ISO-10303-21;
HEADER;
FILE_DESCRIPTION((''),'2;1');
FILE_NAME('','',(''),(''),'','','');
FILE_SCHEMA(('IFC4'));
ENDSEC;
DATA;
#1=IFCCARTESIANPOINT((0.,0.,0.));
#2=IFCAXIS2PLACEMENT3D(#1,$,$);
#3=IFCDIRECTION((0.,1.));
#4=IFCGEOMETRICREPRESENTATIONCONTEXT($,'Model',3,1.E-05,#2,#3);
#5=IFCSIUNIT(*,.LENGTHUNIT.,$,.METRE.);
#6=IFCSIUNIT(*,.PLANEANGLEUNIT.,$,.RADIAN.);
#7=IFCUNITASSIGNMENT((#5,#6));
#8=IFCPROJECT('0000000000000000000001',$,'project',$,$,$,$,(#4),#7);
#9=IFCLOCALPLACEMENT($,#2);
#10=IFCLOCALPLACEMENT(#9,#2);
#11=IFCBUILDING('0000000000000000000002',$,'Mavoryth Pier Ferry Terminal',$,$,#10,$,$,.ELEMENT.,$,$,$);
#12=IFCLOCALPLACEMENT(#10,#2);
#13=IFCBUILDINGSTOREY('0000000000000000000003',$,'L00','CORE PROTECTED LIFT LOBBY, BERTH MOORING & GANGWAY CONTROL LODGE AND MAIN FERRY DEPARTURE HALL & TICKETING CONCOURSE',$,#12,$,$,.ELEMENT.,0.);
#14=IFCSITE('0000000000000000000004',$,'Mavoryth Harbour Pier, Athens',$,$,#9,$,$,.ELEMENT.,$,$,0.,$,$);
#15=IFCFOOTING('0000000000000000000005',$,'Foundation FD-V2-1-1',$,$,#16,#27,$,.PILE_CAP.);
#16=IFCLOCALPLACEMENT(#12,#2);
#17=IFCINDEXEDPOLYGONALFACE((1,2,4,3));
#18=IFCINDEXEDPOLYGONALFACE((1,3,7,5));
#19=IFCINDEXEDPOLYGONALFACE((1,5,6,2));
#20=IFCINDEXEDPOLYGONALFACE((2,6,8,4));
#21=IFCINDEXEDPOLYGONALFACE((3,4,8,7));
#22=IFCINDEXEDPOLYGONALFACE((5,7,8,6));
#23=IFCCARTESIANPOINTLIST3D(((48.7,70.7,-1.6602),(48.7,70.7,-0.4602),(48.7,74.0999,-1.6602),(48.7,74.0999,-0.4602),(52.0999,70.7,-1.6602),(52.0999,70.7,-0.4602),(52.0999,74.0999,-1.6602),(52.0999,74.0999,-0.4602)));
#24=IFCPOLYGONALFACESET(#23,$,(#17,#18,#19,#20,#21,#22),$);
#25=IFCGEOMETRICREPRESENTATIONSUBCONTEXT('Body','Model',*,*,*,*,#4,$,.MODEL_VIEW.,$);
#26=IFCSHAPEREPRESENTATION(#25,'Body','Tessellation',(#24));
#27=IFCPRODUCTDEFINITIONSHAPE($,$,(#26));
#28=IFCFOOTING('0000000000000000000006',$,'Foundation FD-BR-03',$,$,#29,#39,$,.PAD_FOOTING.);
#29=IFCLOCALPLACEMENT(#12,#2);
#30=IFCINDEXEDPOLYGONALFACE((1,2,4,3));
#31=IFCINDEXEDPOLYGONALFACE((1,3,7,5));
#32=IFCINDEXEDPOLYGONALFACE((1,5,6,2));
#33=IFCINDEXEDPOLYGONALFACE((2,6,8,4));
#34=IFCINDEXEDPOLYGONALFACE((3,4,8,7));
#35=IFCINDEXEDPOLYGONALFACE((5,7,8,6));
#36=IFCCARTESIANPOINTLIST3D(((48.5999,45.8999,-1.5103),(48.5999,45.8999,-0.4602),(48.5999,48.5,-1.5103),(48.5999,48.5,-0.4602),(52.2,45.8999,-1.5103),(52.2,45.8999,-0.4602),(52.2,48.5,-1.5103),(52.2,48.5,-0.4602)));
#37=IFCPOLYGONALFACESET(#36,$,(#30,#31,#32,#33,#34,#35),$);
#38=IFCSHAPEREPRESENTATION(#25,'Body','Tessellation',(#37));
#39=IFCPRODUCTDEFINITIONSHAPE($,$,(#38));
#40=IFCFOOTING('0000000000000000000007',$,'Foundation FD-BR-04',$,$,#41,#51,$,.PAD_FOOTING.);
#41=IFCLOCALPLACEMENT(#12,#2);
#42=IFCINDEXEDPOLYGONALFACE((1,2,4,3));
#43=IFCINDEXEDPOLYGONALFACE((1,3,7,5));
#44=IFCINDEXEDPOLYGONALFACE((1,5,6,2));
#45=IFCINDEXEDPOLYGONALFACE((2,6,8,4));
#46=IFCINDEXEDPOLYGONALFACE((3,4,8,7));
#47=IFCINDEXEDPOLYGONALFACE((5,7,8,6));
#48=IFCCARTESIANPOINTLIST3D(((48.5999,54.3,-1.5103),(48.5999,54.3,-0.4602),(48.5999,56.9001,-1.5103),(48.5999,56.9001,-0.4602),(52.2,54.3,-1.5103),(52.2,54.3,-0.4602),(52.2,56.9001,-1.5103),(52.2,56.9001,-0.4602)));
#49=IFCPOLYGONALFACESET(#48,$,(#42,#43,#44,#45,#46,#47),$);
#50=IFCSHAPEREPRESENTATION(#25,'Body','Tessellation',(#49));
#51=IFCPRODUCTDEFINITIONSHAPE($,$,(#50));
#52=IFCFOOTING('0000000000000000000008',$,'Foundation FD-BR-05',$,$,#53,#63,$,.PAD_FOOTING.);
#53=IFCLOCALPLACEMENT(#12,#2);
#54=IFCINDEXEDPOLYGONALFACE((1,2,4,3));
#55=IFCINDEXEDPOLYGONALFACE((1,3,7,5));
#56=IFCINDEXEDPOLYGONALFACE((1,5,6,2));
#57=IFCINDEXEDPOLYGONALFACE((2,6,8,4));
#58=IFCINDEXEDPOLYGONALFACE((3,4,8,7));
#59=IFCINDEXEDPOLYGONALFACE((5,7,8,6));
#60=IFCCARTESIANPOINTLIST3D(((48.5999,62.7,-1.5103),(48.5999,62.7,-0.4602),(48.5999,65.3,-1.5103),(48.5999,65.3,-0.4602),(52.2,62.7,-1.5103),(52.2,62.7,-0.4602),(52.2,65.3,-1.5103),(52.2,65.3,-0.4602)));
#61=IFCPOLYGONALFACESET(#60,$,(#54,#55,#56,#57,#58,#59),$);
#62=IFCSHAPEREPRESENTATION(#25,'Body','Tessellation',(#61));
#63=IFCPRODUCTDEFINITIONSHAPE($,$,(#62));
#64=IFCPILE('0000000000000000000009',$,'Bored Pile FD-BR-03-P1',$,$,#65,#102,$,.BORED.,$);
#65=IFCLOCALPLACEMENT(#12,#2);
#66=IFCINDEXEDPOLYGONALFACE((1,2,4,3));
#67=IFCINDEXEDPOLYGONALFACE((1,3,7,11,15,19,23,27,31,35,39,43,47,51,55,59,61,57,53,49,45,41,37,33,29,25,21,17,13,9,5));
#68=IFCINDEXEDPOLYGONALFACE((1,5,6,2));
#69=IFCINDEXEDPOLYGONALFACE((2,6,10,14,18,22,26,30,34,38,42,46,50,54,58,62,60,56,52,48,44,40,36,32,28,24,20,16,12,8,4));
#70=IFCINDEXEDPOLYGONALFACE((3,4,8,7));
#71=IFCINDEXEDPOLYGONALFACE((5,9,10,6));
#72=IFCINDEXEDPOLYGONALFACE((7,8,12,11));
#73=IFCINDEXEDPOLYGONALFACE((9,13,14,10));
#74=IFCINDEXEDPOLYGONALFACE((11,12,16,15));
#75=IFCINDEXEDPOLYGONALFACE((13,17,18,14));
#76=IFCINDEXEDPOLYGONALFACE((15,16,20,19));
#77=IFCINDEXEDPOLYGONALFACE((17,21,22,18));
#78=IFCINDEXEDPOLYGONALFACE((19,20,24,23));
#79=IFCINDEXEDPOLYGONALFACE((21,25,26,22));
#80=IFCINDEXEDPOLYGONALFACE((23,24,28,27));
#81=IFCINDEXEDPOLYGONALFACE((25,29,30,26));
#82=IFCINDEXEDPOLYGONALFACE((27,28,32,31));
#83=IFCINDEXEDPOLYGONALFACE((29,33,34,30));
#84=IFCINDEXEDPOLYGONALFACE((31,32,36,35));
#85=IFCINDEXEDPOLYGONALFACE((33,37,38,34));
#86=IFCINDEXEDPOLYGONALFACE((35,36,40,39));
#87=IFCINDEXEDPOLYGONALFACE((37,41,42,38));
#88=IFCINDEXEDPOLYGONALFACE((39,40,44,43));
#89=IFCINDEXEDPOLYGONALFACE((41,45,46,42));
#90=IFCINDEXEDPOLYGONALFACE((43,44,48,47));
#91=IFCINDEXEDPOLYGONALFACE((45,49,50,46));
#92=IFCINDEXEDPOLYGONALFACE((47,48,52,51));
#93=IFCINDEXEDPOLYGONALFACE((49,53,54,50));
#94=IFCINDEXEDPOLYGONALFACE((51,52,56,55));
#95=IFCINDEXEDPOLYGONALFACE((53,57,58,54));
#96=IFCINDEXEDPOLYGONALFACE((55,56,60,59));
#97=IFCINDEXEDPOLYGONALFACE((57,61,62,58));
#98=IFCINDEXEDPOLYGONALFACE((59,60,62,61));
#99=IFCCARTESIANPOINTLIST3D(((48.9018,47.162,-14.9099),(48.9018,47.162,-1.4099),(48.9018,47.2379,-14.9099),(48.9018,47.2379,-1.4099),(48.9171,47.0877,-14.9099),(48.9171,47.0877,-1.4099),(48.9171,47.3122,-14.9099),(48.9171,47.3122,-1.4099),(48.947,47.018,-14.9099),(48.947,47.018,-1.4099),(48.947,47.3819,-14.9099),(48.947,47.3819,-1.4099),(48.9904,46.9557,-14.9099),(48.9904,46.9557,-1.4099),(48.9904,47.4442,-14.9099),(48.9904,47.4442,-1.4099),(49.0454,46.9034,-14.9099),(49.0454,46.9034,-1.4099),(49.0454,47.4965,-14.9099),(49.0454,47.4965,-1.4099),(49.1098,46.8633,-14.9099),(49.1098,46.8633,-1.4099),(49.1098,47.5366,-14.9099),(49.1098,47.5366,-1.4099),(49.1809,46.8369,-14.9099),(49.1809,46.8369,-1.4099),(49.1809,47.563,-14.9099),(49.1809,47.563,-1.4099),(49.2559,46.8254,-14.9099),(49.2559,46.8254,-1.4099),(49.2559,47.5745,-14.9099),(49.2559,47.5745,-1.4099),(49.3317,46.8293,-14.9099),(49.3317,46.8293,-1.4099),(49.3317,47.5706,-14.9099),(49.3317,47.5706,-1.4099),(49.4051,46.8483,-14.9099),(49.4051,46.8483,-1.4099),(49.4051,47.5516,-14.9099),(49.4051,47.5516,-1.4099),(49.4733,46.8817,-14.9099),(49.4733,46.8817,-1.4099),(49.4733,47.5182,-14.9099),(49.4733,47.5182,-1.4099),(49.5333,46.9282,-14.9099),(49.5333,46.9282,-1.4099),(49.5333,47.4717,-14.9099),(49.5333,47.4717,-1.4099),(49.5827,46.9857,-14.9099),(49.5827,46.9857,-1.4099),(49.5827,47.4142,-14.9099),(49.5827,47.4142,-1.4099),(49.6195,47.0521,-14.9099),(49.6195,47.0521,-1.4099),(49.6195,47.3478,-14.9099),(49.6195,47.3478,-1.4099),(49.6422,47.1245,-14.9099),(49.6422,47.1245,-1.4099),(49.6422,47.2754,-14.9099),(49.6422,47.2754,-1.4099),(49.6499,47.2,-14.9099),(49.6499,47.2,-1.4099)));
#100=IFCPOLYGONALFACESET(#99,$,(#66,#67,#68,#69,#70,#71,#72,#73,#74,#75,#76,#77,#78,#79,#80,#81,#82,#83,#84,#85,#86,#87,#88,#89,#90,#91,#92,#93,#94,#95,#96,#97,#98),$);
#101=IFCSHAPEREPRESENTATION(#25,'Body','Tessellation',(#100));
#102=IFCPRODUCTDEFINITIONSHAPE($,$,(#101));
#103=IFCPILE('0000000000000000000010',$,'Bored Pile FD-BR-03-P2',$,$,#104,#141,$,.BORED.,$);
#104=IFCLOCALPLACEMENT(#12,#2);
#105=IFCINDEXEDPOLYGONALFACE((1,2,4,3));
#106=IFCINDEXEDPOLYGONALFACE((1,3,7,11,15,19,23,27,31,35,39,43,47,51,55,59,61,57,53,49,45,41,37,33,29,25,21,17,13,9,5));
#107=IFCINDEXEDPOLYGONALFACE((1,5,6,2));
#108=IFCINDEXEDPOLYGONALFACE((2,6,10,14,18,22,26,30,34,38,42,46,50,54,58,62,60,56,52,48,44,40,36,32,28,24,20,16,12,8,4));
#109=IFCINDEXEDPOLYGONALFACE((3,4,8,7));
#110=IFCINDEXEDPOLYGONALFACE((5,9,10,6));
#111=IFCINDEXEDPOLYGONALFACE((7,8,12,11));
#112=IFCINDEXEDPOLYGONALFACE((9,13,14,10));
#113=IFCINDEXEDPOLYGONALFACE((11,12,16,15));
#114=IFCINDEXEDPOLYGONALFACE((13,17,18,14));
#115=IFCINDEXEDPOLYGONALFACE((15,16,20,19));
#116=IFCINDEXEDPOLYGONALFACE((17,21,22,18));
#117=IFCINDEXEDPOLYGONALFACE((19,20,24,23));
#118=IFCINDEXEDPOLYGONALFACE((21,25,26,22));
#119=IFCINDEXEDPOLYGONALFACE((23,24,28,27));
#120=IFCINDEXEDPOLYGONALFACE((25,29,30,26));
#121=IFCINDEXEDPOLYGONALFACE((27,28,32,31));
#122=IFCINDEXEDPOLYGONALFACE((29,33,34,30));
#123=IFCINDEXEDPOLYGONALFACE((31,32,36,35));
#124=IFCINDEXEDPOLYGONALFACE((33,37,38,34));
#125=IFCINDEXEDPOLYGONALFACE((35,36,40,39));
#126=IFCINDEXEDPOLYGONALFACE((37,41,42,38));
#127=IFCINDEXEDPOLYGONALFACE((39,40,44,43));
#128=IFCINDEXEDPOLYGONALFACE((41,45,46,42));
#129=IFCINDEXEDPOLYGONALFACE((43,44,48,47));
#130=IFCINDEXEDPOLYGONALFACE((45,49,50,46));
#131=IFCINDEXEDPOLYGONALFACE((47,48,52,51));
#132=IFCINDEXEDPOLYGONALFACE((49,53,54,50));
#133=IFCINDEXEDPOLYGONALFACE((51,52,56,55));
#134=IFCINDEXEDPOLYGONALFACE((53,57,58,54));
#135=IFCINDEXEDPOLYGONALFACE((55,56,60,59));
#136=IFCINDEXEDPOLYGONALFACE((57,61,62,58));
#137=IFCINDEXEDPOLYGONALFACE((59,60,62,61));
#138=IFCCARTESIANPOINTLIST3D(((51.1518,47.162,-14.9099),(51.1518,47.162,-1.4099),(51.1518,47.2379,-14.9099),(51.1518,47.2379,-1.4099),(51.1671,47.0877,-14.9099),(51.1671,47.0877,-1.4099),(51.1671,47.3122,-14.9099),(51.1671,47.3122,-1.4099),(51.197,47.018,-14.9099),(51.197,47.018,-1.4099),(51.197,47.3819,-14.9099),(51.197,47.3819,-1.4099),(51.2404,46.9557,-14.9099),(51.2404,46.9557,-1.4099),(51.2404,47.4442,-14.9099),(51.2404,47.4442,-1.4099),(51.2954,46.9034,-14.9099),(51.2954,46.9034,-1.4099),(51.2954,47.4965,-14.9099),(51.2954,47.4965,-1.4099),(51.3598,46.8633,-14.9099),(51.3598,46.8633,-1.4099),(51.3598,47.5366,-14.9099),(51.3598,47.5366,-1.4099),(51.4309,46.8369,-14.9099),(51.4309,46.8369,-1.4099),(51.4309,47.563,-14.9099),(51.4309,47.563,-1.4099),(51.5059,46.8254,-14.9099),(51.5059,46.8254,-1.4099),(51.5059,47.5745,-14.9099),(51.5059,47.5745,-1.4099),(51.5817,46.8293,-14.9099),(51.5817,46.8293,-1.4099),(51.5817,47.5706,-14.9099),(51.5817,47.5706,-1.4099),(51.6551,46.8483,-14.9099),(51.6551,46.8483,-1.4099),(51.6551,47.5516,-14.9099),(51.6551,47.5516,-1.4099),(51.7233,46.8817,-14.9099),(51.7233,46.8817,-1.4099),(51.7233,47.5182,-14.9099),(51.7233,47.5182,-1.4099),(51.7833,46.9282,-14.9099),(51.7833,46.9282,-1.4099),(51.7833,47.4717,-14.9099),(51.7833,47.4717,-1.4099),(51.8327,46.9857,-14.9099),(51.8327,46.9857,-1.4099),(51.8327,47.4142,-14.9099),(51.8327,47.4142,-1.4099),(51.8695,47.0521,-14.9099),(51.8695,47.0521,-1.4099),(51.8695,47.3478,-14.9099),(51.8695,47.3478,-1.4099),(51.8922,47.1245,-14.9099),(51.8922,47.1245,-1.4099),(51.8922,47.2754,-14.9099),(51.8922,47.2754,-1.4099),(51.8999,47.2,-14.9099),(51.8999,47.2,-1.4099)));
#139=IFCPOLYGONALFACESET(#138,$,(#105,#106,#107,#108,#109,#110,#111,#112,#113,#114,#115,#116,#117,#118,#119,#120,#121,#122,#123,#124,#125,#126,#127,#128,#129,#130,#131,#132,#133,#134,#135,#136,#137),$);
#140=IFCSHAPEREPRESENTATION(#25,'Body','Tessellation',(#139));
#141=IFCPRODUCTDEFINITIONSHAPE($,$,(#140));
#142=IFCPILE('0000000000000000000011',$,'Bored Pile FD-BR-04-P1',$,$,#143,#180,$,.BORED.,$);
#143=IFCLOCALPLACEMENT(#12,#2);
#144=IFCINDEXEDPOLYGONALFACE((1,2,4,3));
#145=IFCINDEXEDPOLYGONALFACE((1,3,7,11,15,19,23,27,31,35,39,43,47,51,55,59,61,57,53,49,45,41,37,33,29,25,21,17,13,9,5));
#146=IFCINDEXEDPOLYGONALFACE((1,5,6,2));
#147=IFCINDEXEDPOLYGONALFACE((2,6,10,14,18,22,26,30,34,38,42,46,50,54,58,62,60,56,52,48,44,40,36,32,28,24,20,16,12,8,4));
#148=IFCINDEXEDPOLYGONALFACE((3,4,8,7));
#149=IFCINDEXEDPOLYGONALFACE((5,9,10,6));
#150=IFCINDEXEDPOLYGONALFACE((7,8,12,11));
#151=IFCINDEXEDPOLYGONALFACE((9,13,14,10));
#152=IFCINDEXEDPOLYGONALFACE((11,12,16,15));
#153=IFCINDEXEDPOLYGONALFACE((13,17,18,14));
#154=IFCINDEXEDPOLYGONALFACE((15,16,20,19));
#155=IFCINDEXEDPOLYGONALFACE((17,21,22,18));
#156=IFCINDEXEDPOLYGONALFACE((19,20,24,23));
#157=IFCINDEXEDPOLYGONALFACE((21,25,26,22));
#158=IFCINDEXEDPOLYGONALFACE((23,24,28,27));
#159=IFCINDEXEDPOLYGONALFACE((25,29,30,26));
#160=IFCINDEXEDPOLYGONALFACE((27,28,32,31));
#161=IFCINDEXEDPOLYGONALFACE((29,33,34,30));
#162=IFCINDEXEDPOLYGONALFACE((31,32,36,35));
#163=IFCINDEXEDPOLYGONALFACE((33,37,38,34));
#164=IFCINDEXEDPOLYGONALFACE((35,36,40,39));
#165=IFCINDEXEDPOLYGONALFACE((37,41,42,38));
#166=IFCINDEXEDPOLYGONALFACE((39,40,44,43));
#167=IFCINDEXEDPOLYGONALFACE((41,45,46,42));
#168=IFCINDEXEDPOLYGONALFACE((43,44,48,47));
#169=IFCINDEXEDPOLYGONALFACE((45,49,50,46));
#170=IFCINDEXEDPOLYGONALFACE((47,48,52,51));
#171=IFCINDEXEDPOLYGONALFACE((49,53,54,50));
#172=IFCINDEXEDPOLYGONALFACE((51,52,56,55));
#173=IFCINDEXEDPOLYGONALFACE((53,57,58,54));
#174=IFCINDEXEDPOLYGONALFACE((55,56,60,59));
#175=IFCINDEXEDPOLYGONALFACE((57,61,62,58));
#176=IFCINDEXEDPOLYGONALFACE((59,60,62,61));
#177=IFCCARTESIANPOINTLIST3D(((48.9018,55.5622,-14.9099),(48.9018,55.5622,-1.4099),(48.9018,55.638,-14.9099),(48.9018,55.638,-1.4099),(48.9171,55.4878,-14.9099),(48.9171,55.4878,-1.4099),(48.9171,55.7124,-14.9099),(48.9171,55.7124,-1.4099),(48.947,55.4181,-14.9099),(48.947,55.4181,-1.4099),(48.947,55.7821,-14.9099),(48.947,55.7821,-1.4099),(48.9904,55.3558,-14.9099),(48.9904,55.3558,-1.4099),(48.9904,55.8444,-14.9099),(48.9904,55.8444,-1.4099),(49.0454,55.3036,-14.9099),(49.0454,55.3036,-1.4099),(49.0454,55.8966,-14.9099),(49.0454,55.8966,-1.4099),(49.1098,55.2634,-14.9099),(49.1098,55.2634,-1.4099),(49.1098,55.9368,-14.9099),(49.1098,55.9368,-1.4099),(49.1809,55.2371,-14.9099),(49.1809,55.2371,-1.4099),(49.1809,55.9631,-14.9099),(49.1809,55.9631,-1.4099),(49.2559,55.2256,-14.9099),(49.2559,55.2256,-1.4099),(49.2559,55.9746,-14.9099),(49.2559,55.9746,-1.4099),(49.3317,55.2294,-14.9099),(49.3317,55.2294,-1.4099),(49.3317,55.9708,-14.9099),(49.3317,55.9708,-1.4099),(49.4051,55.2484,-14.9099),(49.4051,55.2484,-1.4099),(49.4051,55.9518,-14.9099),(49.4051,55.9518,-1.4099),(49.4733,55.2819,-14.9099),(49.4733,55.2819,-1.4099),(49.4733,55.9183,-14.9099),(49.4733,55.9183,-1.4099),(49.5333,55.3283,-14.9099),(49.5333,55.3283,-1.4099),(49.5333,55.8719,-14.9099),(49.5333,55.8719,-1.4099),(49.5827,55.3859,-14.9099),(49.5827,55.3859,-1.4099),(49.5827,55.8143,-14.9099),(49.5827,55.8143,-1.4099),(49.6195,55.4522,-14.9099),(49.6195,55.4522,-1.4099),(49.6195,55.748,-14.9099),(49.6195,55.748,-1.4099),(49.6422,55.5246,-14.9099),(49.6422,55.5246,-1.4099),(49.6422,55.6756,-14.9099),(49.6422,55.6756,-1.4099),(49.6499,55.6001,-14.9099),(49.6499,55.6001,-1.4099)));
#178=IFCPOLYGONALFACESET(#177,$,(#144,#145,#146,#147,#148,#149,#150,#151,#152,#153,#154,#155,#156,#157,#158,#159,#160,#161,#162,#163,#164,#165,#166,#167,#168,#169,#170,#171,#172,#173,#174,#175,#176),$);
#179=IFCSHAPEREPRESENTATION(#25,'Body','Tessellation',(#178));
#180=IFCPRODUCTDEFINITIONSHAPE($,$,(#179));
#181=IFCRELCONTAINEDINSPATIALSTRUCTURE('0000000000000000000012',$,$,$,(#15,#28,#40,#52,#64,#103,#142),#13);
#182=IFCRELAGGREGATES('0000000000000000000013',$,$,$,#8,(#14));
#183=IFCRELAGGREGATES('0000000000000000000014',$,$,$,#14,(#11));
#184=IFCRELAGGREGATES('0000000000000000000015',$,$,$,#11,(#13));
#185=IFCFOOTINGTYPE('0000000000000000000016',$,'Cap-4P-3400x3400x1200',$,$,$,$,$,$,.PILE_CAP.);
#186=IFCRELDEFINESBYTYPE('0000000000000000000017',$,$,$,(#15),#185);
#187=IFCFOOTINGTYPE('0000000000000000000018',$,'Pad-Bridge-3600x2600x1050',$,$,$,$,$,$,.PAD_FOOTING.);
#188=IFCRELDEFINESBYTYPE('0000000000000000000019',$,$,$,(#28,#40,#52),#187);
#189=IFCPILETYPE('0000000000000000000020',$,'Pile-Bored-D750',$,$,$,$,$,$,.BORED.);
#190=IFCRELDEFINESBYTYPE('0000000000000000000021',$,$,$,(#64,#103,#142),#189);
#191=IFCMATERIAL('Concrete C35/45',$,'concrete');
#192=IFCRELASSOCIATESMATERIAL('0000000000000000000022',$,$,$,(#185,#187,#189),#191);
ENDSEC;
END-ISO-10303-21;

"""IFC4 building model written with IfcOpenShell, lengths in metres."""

from ifc_helpers import new_model, si_unit, direction, frame, origin, origin_2d, place, context, subcontext, project, spatial, rectangle, circle, extrude, material, material_profile, profile_set, type_object, element, save


model = new_model("IFC4")

# Units and contexts
model_context = context("Model", 3, precision=1e-05, world=origin(), true_north=direction((0.0, 1.0)))
body_context = subcontext(model_context, "Body", "Model", "MODEL_VIEW")
ifc_project = project(units=[si_unit("LENGTHUNIT", "METRE"), si_unit("PLANEANGLEUNIT", "RADIAN")], contexts=[model_context])

# Site, building, storey
site_placement = place(None, origin())
site = spatial("IfcSite", under=ifc_project, at=site_placement, Name="Mavoryth Harbour Pier, Athens", CompositionType="ELEMENT", RefElevation=0.0)
building_placement = place(site_placement, origin())
building = spatial("IfcBuilding", under=site, at=building_placement, Name="Mavoryth Pier Ferry Terminal", CompositionType="ELEMENT")
storey_placement = place(building_placement, origin())
storey = spatial("IfcBuildingStorey", under=building, at=storey_placement, Name="L00", Description="CORE PROTECTED LIFT LOBBY, BERTH MOORING & GANGWAY CONTROL LODGE AND MAIN FERRY DEPARTURE HALL & TICKETING CONCOURSE", CompositionType="ELEMENT", Elevation=0.0)

# Footings
ifc_material_1 = material(Name="Concrete C35/45", Category="concrete")
footing_type_1 = type_object("IfcFootingType", Name="Cap-4P-3400x3400x1200", PredefinedType="PILE_CAP", material=ifc_material_1)
footing_1_placement = place(storey_placement, frame((50.3999, 72.3999, -1.6602), z_axis=(0.0, 0.0, 1.0), x_axis=(1.0, 0.0, 0.0)))
element("IfcFooting", 1, at=footing_1_placement, inside=storey, type_object=footing_type_1, Name="Foundation FD-V2-1-1", PredefinedType="PILE_CAP", context=body_context, shape_type="SweptSolid", body=[
    extrude(rectangle(XDim=3.3999, YDim=3.3999, at=origin_2d()), origin(), (0.0, 0.0, 1.0), 1.2),
])
footing_type_2 = type_object("IfcFootingType", Name="Pad-Bridge-3600x2600x1050", PredefinedType="PAD_FOOTING", material=ifc_material_1)
for number, where, z_axis, x_axis, name in (
    (2, (50.3999, 47.2, -1.5103), (0.0, 0.0, 1.0), (1.0, 0.0, 0.0), "Foundation FD-BR-03"),
    (3, (50.3999, 55.6001, -1.5103), (0.0, 0.0, 1.0), (1.0, 0.0, 0.0), "Foundation FD-BR-04"),
    (4, (50.3999, 64.0, -1.5103), (0.0, 0.0, 1.0), (1.0, 0.0, 0.0), "Foundation FD-BR-05"),
):
    element("IfcFooting", number, at=place(storey_placement, frame(where, z_axis=z_axis, x_axis=x_axis)), inside=storey, type_object=footing_type_2, Name=name, PredefinedType="PAD_FOOTING", context=body_context, shape_type="SweptSolid", body=[
        extrude(rectangle(XDim=3.6001, YDim=2.6001, at=origin_2d()), origin(), (0.0, 0.0, 1.0), 1.05),
    ])

# Piles
ifc_material_profile_1 = material_profile(ifc_material_1, circle(Radius=0.375, at=origin_2d()), Name="PILE D750", Category="concrete")
ifc_profile_set_1 = profile_set([ifc_material_profile_1], Name="Concrete C35/45 - PILE D750")
pile_type_1 = type_object("IfcPileType", Name="Pile-Bored-D750", PredefinedType="BORED", material=ifc_profile_set_1)
for number, where, z_axis, x_axis, name in (
    (5, (49.2749, 47.2, -1.4099), (0.0, 0.0, -1.0), (1.0, 0.0, 0.0), "Bored Pile FD-BR-03-P1"),
    (6, (51.5249, 47.2, -1.4099), (0.0, 0.0, -1.0), (1.0, 0.0, 0.0), "Bored Pile FD-BR-03-P2"),
    (7, (49.2749, 55.6001, -1.4099), (0.0, 0.0, -1.0), (1.0, 0.0, 0.0), "Bored Pile FD-BR-04-P1"),
):
    element("IfcPile", number, at=place(storey_placement, frame(where, z_axis=z_axis, x_axis=x_axis)), inside=storey, type_object=pile_type_1, Name=name, PredefinedType="BORED", context=body_context, shape_type="SweptSolid", body=[
        extrude(circle(Radius=0.375, at=origin_2d()), origin(), (0.0, 0.0, 1.0), 13.5),
    ])

save(model, "model.ifc")
